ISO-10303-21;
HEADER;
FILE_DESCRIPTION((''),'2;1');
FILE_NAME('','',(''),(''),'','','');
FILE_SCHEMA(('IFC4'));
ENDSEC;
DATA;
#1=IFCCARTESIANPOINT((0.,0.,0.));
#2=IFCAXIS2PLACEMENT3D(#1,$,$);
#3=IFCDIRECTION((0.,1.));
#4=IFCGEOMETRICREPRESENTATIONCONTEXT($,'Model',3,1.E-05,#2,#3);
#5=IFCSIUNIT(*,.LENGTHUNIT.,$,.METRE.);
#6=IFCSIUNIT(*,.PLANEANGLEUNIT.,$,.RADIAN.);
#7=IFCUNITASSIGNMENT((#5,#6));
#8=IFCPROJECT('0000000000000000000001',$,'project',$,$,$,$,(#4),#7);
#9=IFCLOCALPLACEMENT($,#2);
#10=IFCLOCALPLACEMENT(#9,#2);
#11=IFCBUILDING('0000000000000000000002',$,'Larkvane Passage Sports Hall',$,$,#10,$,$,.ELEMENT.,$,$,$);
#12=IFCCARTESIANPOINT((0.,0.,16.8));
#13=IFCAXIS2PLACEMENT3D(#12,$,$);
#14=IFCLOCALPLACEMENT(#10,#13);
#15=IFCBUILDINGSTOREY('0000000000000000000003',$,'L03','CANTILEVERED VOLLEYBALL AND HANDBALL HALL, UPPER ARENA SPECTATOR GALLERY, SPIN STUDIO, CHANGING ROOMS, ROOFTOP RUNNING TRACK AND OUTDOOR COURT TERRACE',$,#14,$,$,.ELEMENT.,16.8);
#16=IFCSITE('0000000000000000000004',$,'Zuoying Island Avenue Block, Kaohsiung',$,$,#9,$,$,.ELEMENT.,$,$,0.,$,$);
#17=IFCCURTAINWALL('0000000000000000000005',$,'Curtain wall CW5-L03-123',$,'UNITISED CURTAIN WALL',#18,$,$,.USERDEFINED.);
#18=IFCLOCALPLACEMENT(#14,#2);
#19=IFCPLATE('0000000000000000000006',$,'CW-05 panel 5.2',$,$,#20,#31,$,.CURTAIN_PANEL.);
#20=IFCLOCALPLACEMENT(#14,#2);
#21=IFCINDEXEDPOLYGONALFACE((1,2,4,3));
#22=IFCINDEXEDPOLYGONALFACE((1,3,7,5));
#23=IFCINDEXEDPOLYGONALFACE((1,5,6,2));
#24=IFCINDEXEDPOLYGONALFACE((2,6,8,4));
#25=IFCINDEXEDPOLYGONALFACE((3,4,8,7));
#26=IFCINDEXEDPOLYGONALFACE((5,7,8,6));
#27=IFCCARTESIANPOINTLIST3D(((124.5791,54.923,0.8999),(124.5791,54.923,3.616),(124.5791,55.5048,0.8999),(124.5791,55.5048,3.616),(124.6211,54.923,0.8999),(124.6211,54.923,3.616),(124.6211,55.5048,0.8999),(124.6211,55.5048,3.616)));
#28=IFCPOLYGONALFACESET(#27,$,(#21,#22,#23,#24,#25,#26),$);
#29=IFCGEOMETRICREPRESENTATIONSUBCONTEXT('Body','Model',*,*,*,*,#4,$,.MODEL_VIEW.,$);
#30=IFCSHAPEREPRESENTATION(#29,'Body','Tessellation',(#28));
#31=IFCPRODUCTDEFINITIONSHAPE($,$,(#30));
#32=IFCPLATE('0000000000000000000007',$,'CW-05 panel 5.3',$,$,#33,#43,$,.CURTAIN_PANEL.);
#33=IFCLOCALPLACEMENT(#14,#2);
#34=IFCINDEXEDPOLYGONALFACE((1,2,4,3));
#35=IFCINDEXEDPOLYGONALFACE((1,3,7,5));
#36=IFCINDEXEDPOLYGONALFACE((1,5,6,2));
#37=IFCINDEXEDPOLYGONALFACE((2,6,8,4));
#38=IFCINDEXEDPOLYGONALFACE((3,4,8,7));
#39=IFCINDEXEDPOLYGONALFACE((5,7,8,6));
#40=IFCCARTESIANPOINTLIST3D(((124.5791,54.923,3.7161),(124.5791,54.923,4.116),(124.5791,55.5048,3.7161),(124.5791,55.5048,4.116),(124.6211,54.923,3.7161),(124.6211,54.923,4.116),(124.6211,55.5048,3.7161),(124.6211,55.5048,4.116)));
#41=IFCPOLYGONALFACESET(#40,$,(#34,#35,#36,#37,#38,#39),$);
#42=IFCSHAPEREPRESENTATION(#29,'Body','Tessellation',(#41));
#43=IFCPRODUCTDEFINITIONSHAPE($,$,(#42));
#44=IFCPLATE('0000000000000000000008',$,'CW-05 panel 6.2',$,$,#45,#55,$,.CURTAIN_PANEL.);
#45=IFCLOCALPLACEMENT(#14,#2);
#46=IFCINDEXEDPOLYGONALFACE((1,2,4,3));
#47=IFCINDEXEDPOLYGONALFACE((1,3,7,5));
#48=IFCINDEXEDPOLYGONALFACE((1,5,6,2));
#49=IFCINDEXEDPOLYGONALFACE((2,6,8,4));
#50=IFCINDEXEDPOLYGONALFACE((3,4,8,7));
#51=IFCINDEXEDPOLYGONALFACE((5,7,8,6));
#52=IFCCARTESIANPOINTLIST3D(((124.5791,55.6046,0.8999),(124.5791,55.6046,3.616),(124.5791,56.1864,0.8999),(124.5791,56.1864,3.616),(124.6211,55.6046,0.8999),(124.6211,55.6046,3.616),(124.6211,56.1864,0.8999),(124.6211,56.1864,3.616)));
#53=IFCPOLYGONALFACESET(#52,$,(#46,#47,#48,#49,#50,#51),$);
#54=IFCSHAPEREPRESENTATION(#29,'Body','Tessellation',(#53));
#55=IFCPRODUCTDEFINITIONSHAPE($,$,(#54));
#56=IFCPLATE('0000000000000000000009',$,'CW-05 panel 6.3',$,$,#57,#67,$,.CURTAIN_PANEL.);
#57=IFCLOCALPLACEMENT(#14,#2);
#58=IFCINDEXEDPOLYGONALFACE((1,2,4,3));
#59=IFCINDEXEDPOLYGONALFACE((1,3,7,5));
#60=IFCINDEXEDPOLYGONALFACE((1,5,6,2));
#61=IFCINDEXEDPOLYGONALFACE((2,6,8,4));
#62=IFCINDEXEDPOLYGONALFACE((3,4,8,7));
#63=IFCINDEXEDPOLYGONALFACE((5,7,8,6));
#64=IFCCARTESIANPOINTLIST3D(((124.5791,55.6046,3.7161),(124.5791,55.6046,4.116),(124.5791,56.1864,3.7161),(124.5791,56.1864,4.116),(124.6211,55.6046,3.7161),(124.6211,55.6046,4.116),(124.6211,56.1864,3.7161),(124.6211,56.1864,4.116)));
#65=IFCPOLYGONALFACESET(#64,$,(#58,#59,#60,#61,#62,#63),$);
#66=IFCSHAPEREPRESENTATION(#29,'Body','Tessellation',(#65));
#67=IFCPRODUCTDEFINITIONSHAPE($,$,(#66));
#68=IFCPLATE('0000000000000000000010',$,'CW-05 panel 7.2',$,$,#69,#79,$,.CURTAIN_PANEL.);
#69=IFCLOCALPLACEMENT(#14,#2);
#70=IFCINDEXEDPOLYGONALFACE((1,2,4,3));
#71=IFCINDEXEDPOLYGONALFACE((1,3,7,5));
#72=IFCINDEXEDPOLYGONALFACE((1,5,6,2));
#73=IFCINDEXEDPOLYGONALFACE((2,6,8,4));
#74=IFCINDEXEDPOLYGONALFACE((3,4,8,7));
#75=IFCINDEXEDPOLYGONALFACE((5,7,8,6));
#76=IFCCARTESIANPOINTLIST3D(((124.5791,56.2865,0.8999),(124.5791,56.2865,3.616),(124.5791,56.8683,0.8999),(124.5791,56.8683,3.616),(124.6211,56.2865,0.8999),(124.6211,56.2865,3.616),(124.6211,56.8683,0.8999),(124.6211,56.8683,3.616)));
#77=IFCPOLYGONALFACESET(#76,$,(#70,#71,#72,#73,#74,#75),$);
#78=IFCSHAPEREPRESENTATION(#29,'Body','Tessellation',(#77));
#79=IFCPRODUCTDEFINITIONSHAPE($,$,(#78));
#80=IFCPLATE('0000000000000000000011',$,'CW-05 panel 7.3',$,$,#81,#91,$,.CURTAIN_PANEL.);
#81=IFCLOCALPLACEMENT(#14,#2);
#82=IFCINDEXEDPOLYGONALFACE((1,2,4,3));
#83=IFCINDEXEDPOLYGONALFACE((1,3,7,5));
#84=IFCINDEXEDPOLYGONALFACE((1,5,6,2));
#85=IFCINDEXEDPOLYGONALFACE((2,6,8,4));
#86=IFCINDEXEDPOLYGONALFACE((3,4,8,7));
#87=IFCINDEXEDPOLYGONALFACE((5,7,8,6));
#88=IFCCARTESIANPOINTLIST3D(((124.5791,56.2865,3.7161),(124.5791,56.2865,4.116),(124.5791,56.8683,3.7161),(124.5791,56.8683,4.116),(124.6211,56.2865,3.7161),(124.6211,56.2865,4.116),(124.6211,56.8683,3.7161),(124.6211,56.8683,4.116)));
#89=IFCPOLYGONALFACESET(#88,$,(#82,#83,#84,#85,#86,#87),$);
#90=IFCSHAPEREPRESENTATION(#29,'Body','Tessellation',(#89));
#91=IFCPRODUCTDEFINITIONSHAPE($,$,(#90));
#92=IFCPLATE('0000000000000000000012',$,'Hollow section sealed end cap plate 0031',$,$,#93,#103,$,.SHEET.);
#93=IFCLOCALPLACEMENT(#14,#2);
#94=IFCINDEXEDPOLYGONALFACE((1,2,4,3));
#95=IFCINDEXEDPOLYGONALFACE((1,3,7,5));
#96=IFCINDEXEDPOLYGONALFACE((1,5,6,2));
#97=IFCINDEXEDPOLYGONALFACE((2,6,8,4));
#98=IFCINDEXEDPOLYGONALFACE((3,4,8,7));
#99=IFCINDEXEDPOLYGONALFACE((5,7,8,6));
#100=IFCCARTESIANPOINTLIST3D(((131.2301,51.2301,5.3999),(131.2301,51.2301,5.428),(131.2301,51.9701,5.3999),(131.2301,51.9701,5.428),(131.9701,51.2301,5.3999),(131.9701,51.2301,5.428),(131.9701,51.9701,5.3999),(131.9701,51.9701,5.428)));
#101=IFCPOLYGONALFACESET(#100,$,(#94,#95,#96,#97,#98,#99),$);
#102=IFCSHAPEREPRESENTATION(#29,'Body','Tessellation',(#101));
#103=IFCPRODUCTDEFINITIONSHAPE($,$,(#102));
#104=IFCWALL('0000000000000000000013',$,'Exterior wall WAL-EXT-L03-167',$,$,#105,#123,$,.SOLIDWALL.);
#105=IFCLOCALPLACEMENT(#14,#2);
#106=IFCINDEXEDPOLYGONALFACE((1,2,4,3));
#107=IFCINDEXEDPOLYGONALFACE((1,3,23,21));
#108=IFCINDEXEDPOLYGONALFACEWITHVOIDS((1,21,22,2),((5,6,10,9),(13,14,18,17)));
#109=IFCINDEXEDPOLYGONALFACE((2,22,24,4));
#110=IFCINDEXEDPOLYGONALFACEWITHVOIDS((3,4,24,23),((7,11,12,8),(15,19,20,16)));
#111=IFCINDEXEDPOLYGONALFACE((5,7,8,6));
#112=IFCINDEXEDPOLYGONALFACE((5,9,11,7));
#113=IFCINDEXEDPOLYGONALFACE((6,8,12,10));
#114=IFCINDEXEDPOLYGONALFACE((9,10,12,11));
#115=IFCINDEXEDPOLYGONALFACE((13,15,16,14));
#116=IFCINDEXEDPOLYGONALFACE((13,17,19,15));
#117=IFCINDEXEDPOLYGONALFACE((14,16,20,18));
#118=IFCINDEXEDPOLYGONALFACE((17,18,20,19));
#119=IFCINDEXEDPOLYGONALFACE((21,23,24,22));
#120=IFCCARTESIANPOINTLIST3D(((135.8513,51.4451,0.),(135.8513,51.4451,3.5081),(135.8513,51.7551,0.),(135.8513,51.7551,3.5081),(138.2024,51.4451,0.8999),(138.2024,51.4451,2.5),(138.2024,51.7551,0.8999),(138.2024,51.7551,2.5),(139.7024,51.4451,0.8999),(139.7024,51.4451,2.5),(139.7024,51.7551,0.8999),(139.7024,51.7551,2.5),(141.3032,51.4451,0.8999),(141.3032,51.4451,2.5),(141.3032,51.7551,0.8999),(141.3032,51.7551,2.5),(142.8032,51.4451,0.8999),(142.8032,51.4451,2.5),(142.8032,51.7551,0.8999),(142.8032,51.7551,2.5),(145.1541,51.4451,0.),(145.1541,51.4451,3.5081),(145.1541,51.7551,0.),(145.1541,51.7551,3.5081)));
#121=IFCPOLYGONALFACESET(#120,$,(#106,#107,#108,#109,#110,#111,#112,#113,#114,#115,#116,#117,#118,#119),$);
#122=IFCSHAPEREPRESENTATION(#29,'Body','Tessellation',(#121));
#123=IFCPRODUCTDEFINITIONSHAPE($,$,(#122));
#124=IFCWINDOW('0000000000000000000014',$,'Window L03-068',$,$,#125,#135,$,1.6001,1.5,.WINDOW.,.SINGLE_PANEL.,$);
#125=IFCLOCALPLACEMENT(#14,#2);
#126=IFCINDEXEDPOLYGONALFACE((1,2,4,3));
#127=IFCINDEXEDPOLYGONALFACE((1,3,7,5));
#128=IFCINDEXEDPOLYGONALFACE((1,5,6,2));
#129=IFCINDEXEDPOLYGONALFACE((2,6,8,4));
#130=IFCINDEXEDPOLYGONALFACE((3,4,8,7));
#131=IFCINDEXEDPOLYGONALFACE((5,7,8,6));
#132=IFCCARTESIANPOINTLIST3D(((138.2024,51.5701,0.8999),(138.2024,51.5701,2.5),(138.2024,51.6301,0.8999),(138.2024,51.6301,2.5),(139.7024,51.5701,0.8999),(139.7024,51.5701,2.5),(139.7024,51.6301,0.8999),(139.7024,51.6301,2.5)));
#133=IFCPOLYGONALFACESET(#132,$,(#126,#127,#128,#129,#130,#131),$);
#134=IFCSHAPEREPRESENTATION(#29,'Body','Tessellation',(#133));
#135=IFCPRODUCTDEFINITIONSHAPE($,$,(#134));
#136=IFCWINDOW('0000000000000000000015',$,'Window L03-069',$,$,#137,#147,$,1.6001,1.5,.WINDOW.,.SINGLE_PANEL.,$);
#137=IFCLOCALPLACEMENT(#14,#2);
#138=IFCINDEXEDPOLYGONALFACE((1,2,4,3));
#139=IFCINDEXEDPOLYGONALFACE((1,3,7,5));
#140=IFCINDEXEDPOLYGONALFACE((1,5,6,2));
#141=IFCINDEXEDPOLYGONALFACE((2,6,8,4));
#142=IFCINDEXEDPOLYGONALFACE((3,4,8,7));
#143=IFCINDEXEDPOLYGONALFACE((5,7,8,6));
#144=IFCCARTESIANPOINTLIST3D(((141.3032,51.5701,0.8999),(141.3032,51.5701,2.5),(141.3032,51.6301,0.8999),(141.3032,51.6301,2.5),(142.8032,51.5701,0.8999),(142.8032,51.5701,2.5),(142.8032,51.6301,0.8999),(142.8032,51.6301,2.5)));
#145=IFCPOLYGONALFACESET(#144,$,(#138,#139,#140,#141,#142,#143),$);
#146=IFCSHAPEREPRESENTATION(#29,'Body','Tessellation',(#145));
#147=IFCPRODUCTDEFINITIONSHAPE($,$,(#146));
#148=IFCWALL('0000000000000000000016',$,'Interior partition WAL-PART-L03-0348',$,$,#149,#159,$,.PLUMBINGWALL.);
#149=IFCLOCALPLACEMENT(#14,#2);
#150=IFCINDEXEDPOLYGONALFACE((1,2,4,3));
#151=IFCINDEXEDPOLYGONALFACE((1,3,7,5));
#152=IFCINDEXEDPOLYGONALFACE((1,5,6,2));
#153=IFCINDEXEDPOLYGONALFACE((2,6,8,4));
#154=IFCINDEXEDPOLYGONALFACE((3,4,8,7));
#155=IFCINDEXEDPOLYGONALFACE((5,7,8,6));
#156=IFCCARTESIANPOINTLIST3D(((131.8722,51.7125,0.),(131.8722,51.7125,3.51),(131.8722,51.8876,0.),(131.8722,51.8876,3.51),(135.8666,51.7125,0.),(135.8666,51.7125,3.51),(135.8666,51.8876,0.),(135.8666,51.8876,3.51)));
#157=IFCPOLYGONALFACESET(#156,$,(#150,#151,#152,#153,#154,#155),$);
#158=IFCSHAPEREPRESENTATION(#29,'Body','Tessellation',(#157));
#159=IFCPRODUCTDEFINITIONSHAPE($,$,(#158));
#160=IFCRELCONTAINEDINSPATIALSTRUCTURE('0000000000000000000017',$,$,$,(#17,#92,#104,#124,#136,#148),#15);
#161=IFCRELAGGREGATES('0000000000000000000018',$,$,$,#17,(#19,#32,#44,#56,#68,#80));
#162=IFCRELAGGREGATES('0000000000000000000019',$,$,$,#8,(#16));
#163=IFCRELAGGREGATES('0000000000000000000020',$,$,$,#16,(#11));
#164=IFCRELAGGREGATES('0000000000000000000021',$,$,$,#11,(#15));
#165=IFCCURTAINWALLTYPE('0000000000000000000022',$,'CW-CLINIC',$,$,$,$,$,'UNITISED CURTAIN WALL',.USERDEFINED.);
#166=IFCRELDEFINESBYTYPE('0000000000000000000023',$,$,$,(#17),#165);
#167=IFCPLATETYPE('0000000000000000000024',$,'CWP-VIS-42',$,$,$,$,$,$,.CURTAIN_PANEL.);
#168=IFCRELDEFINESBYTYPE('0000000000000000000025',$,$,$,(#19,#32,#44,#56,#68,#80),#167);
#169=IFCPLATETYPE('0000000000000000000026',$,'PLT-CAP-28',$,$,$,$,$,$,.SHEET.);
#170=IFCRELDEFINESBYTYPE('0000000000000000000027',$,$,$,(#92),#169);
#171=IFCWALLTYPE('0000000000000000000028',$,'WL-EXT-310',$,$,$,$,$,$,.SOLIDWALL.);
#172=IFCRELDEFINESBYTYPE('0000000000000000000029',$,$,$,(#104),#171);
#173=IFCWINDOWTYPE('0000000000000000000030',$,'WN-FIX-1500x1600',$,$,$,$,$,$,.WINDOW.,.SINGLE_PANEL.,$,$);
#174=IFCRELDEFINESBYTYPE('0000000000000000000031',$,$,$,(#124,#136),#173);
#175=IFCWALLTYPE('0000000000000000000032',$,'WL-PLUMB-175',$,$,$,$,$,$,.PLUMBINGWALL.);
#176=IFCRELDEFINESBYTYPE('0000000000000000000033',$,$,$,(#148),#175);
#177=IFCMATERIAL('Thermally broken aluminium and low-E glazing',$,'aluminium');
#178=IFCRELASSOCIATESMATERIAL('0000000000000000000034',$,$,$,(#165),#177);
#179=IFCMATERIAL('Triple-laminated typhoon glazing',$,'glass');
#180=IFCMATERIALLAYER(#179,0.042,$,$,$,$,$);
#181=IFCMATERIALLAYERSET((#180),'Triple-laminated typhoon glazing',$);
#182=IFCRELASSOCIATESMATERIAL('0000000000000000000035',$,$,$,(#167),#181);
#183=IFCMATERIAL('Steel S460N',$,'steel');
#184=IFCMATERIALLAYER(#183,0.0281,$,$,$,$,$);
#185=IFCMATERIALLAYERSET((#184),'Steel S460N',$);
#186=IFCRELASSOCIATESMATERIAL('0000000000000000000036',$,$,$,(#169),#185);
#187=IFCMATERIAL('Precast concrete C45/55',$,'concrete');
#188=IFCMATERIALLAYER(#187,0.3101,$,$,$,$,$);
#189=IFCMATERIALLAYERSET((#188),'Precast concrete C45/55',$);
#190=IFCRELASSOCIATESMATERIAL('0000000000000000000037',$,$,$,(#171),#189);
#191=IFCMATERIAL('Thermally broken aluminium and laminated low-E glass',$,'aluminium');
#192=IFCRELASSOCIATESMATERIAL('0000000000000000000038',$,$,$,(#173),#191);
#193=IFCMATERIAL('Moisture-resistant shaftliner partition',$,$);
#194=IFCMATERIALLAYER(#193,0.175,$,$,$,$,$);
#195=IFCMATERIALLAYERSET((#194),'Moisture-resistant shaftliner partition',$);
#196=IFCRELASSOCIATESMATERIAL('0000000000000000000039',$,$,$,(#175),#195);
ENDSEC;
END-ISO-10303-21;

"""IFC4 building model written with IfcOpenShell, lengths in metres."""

from ifc_helpers import new_model, si_unit, direction, frame, frame_2d, origin, origin_2d, place, context, subcontext, project, spatial, rectangle, extrude, material, layer, layer_set, type_object, element, fill, aggregate, save


model = new_model("IFC4")

# Units and contexts
model_context = context("Model", 3, precision=1e-05, world=origin(), true_north=direction((0.0, 1.0)))
body_context = subcontext(model_context, "Body", "Model", "MODEL_VIEW")
ifc_project = project(units=[si_unit("LENGTHUNIT", "METRE"), si_unit("PLANEANGLEUNIT", "RADIAN")], contexts=[model_context])

# Site, building, storey
site_placement = place(None, origin())
site = spatial("IfcSite", under=ifc_project, at=site_placement, Name="Zuoying Island Avenue Block, Kaohsiung", CompositionType="ELEMENT", RefElevation=0.0)
building_placement = place(site_placement, origin())
building = spatial("IfcBuilding", under=site, at=building_placement, Name="Larkvane Passage Sports Hall", CompositionType="ELEMENT")
storey_placement = place(building_placement, frame((0.0, 0.0, 16.8)))
storey = spatial("IfcBuildingStorey", under=building, at=storey_placement, Name="L03", Description="CANTILEVERED VOLLEYBALL AND HANDBALL HALL, UPPER ARENA SPECTATOR GALLERY, SPIN STUDIO, CHANGING ROOMS, ROOFTOP RUNNING TRACK AND OUTDOOR COURT TERRACE", CompositionType="ELEMENT", Elevation=16.8)

# Shared definitions
ifc_material_1 = material(Name="Steel S460N", Category="steel")

# Curtain wall
ifc_material_2 = material(Name="Thermally broken aluminium and low-E glazing", Category="aluminium")
curtain_wall_type = type_object("IfcCurtainWallType", Name="CW-CLINIC", ElementType="UNITISED CURTAIN WALL", PredefinedType="USERDEFINED", material=ifc_material_2)
curtain_wall_placement = place(storey_placement, origin())
curtain_wall = element("IfcCurtainWall", 1, at=curtain_wall_placement, inside=storey, type_object=curtain_wall_type, Name="Curtain wall CW5-L03-123", ObjectType="UNITISED CURTAIN WALL", PredefinedType="USERDEFINED")

# Plates
ifc_material_3 = material(Name="Triple-laminated typhoon glazing", Category="glass")
ifc_layer_1 = layer(ifc_material_3, 0.042)
ifc_layer_set_1 = layer_set([ifc_layer_1], Name="Triple-laminated typhoon glazing")
plate_type_1 = type_object("IfcPlateType", Name="CWP-VIS-42", PredefinedType="CURTAIN_PANEL", material=ifc_layer_set_1)
plate_1_placement = place(storey_placement, frame((124.6001, 55.2139, 0.8999), z_axis=(0.0, 0.0, 1.0), x_axis=(0.0, 1.0, 0.0)))
plate_1 = element("IfcPlate", 2, at=plate_1_placement, type_object=plate_type_1, Name="CW-05 panel 5.2", PredefinedType="CURTAIN_PANEL", context=body_context, shape_type="SweptSolid", body=[
    extrude(rectangle(XDim=0.5818, YDim=0.042, at=origin_2d()), origin(), (0.0, 0.0, 1.0), 2.7161),
])
plate_2_placement = place(storey_placement, frame((124.6001, 55.2139, 3.7161), z_axis=(0.0, 0.0, 1.0), x_axis=(0.0, 1.0, 0.0)))
plate_2 = element("IfcPlate", 3, at=plate_2_placement, type_object=plate_type_1, Name="CW-05 panel 5.3", PredefinedType="CURTAIN_PANEL", context=body_context, shape_type="SweptSolid", body=[
    extrude(rectangle(XDim=0.5818, YDim=0.042, at=origin_2d()), origin(), (0.0, 0.0, 1.0), 0.3999),
])
plate_3_placement = place(storey_placement, frame((124.6001, 55.8955, 0.8999), z_axis=(0.0, 0.0, 1.0), x_axis=(0.0, 1.0, 0.0)))
plate_3 = element("IfcPlate", 4, at=plate_3_placement, type_object=plate_type_1, Name="CW-05 panel 6.2", PredefinedType="CURTAIN_PANEL", context=body_context, shape_type="SweptSolid", body=[
    extrude(rectangle(XDim=0.5818, YDim=0.042, at=origin_2d()), origin(), (0.0, 0.0, 1.0), 2.7161),
])
plate_4_placement = place(storey_placement, frame((124.6001, 55.8955, 3.7161), z_axis=(0.0, 0.0, 1.0), x_axis=(0.0, 1.0, 0.0)))
plate_4 = element("IfcPlate", 5, at=plate_4_placement, type_object=plate_type_1, Name="CW-05 panel 6.3", PredefinedType="CURTAIN_PANEL", context=body_context, shape_type="SweptSolid", body=[
    extrude(rectangle(XDim=0.5818, YDim=0.042, at=origin_2d()), origin(), (0.0, 0.0, 1.0), 0.3999),
])
plate_5_placement = place(storey_placement, frame((124.6001, 56.5774, 0.8999), z_axis=(0.0, 0.0, 1.0), x_axis=(0.0, 1.0, 0.0)))
plate_5 = element("IfcPlate", 6, at=plate_5_placement, type_object=plate_type_1, Name="CW-05 panel 7.2", PredefinedType="CURTAIN_PANEL", context=body_context, shape_type="SweptSolid", body=[
    extrude(rectangle(XDim=0.5818, YDim=0.042, at=origin_2d()), origin(), (0.0, 0.0, 1.0), 2.7161),
])
plate_6_placement = place(storey_placement, frame((124.6001, 56.5774, 3.7161), z_axis=(0.0, 0.0, 1.0), x_axis=(0.0, 1.0, 0.0)))
plate_6 = element("IfcPlate", 7, at=plate_6_placement, type_object=plate_type_1, Name="CW-05 panel 7.3", PredefinedType="CURTAIN_PANEL", context=body_context, shape_type="SweptSolid", body=[
    extrude(rectangle(XDim=0.5818, YDim=0.042, at=origin_2d()), origin(), (0.0, 0.0, 1.0), 0.3999),
])
aggregate(curtain_wall, [plate_1, plate_2, plate_3, plate_4, plate_5, plate_6])
ifc_layer_2 = layer(ifc_material_1, 0.0281)
ifc_layer_set_2 = layer_set([ifc_layer_2], Name="Steel S460N")
plate_type_2 = type_object("IfcPlateType", Name="PLT-CAP-28", PredefinedType="SHEET", material=ifc_layer_set_2)
plate_7_placement = place(storey_placement, frame((131.6001, 51.6001, 5.3999), z_axis=(0.0, 0.0, 1.0), x_axis=(1.0, 0.0, 0.0)))
element("IfcPlate", 8, at=plate_7_placement, inside=storey, type_object=plate_type_2, Name="Hollow section sealed end cap plate 0031", PredefinedType="SHEET", context=body_context, shape_type="SweptSolid", body=[
    extrude(rectangle(XDim=0.74, YDim=0.74, at=origin_2d()), origin(), (0.0, 0.0, 1.0), 0.0281),
])

# Wall, openings, windows
ifc_material_4 = material(Name="Precast concrete C45/55", Category="concrete")
ifc_layer_3 = layer(ifc_material_4, 0.3101)
ifc_layer_set_3 = layer_set([ifc_layer_3], Name="Precast concrete C45/55")
wall_type_1 = type_object("IfcWallType", Name="WL-EXT-310", PredefinedType="SOLIDWALL", material=ifc_layer_set_3)
wall_1_placement = place(storey_placement, frame((135.8513, 51.6001, 0.0), z_axis=(0.0, 0.0, 1.0), x_axis=(1.0, 0.0, 0.0)))
wall_1 = element("IfcWall", 9, at=wall_1_placement, inside=storey, type_object=wall_type_1, Name="Exterior wall WAL-EXT-L03-167", PredefinedType="SOLIDWALL", context=body_context, shape_type="SweptSolid", body=[
    extrude(rectangle(XDim=9.3027, YDim=0.3101, at=frame_2d((4.6514, 0.0))), origin(), (0.0, 0.0, 1.0), 3.5081),
])
opening_1_placement = place(wall_1_placement, frame((2.3511, 0.0, 0.8999)))
opening_1 = element("IfcOpeningElement", 10, at=opening_1_placement, cuts=wall_1, PredefinedType="OPENING", context=body_context, shape_type="SweptSolid", body=[
    extrude(rectangle(XDim=1.5, YDim=1.6001, at=frame_2d((0.75, 0.8))), frame((0.0, 0.165, 0.0), z_axis=(0.0, -1.0, 0.0), x_axis=(1.0, 0.0, 0.0)), (0.0, 0.0, 1.0), 0.3301),
])
opening_2_placement = place(wall_1_placement, frame((5.4519, 0.0, 0.8999)))
opening_2 = element("IfcOpeningElement", 11, at=opening_2_placement, cuts=wall_1, PredefinedType="OPENING", context=body_context, shape_type="SweptSolid", body=[
    extrude(rectangle(XDim=1.5, YDim=1.6001, at=frame_2d((0.75, 0.8))), frame((0.0, 0.165, 0.0), z_axis=(0.0, -1.0, 0.0), x_axis=(1.0, 0.0, 0.0)), (0.0, 0.0, 1.0), 0.3301),
])
ifc_material_5 = material(Name="Thermally broken aluminium and laminated low-E glass", Category="aluminium")
window_type = type_object("IfcWindowType", Name="WN-FIX-1500x1600", PartitioningType="SINGLE_PANEL", PredefinedType="WINDOW", material=ifc_material_5)
window_1_placement = place(opening_1_placement, origin())
window_1 = element("IfcWindow", 12, at=window_1_placement, inside=storey, type_object=window_type, Name="Window L03-068", OverallHeight=1.6001, OverallWidth=1.5, PartitioningType="SINGLE_PANEL", PredefinedType="WINDOW", context=body_context, shape_type="SweptSolid", body=[
    extrude(rectangle(XDim=1.5, YDim=1.6001, at=frame_2d((0.75, 0.8))), frame((0.0, 0.03, 0.0), z_axis=(0.0, -1.0, 0.0), x_axis=(1.0, 0.0, 0.0)), (0.0, 0.0, 1.0), 0.0601),
])
fill(opening_1, window_1)
window_2_placement = place(opening_2_placement, origin())
window_2 = element("IfcWindow", 13, at=window_2_placement, inside=storey, type_object=window_type, Name="Window L03-069", OverallHeight=1.6001, OverallWidth=1.5, PartitioningType="SINGLE_PANEL", PredefinedType="WINDOW", context=body_context, shape_type="SweptSolid", body=[
    extrude(rectangle(XDim=1.5, YDim=1.6001, at=frame_2d((0.75, 0.8))), frame((0.0, 0.03, 0.0), z_axis=(0.0, -1.0, 0.0), x_axis=(1.0, 0.0, 0.0)), (0.0, 0.0, 1.0), 0.0601),
])
fill(opening_2, window_2)

# Wall
ifc_material_6 = material(Name="Moisture-resistant shaftliner partition")
ifc_layer_4 = layer(ifc_material_6, 0.175)
ifc_layer_set_4 = layer_set([ifc_layer_4], Name="Moisture-resistant shaftliner partition")
wall_type_2 = type_object("IfcWallType", Name="WL-PLUMB-175", PredefinedType="PLUMBINGWALL", material=ifc_layer_set_4)
wall_2_placement = place(storey_placement, frame((135.8665, 51.8, 0.0), z_axis=(0.0, 0.0, 1.0), x_axis=(-1.0, 0.0, 0.0)))
element("IfcWall", 14, at=wall_2_placement, inside=storey, type_object=wall_type_2, Name="Interior partition WAL-PART-L03-0348", PredefinedType="PLUMBINGWALL", context=body_context, shape_type="SweptSolid", body=[
    extrude(rectangle(XDim=3.9944, YDim=0.175, at=frame_2d((1.9971, 0.0))), origin(), (0.0, 0.0, 1.0), 3.51),
])

save(model, "model.ifc")
